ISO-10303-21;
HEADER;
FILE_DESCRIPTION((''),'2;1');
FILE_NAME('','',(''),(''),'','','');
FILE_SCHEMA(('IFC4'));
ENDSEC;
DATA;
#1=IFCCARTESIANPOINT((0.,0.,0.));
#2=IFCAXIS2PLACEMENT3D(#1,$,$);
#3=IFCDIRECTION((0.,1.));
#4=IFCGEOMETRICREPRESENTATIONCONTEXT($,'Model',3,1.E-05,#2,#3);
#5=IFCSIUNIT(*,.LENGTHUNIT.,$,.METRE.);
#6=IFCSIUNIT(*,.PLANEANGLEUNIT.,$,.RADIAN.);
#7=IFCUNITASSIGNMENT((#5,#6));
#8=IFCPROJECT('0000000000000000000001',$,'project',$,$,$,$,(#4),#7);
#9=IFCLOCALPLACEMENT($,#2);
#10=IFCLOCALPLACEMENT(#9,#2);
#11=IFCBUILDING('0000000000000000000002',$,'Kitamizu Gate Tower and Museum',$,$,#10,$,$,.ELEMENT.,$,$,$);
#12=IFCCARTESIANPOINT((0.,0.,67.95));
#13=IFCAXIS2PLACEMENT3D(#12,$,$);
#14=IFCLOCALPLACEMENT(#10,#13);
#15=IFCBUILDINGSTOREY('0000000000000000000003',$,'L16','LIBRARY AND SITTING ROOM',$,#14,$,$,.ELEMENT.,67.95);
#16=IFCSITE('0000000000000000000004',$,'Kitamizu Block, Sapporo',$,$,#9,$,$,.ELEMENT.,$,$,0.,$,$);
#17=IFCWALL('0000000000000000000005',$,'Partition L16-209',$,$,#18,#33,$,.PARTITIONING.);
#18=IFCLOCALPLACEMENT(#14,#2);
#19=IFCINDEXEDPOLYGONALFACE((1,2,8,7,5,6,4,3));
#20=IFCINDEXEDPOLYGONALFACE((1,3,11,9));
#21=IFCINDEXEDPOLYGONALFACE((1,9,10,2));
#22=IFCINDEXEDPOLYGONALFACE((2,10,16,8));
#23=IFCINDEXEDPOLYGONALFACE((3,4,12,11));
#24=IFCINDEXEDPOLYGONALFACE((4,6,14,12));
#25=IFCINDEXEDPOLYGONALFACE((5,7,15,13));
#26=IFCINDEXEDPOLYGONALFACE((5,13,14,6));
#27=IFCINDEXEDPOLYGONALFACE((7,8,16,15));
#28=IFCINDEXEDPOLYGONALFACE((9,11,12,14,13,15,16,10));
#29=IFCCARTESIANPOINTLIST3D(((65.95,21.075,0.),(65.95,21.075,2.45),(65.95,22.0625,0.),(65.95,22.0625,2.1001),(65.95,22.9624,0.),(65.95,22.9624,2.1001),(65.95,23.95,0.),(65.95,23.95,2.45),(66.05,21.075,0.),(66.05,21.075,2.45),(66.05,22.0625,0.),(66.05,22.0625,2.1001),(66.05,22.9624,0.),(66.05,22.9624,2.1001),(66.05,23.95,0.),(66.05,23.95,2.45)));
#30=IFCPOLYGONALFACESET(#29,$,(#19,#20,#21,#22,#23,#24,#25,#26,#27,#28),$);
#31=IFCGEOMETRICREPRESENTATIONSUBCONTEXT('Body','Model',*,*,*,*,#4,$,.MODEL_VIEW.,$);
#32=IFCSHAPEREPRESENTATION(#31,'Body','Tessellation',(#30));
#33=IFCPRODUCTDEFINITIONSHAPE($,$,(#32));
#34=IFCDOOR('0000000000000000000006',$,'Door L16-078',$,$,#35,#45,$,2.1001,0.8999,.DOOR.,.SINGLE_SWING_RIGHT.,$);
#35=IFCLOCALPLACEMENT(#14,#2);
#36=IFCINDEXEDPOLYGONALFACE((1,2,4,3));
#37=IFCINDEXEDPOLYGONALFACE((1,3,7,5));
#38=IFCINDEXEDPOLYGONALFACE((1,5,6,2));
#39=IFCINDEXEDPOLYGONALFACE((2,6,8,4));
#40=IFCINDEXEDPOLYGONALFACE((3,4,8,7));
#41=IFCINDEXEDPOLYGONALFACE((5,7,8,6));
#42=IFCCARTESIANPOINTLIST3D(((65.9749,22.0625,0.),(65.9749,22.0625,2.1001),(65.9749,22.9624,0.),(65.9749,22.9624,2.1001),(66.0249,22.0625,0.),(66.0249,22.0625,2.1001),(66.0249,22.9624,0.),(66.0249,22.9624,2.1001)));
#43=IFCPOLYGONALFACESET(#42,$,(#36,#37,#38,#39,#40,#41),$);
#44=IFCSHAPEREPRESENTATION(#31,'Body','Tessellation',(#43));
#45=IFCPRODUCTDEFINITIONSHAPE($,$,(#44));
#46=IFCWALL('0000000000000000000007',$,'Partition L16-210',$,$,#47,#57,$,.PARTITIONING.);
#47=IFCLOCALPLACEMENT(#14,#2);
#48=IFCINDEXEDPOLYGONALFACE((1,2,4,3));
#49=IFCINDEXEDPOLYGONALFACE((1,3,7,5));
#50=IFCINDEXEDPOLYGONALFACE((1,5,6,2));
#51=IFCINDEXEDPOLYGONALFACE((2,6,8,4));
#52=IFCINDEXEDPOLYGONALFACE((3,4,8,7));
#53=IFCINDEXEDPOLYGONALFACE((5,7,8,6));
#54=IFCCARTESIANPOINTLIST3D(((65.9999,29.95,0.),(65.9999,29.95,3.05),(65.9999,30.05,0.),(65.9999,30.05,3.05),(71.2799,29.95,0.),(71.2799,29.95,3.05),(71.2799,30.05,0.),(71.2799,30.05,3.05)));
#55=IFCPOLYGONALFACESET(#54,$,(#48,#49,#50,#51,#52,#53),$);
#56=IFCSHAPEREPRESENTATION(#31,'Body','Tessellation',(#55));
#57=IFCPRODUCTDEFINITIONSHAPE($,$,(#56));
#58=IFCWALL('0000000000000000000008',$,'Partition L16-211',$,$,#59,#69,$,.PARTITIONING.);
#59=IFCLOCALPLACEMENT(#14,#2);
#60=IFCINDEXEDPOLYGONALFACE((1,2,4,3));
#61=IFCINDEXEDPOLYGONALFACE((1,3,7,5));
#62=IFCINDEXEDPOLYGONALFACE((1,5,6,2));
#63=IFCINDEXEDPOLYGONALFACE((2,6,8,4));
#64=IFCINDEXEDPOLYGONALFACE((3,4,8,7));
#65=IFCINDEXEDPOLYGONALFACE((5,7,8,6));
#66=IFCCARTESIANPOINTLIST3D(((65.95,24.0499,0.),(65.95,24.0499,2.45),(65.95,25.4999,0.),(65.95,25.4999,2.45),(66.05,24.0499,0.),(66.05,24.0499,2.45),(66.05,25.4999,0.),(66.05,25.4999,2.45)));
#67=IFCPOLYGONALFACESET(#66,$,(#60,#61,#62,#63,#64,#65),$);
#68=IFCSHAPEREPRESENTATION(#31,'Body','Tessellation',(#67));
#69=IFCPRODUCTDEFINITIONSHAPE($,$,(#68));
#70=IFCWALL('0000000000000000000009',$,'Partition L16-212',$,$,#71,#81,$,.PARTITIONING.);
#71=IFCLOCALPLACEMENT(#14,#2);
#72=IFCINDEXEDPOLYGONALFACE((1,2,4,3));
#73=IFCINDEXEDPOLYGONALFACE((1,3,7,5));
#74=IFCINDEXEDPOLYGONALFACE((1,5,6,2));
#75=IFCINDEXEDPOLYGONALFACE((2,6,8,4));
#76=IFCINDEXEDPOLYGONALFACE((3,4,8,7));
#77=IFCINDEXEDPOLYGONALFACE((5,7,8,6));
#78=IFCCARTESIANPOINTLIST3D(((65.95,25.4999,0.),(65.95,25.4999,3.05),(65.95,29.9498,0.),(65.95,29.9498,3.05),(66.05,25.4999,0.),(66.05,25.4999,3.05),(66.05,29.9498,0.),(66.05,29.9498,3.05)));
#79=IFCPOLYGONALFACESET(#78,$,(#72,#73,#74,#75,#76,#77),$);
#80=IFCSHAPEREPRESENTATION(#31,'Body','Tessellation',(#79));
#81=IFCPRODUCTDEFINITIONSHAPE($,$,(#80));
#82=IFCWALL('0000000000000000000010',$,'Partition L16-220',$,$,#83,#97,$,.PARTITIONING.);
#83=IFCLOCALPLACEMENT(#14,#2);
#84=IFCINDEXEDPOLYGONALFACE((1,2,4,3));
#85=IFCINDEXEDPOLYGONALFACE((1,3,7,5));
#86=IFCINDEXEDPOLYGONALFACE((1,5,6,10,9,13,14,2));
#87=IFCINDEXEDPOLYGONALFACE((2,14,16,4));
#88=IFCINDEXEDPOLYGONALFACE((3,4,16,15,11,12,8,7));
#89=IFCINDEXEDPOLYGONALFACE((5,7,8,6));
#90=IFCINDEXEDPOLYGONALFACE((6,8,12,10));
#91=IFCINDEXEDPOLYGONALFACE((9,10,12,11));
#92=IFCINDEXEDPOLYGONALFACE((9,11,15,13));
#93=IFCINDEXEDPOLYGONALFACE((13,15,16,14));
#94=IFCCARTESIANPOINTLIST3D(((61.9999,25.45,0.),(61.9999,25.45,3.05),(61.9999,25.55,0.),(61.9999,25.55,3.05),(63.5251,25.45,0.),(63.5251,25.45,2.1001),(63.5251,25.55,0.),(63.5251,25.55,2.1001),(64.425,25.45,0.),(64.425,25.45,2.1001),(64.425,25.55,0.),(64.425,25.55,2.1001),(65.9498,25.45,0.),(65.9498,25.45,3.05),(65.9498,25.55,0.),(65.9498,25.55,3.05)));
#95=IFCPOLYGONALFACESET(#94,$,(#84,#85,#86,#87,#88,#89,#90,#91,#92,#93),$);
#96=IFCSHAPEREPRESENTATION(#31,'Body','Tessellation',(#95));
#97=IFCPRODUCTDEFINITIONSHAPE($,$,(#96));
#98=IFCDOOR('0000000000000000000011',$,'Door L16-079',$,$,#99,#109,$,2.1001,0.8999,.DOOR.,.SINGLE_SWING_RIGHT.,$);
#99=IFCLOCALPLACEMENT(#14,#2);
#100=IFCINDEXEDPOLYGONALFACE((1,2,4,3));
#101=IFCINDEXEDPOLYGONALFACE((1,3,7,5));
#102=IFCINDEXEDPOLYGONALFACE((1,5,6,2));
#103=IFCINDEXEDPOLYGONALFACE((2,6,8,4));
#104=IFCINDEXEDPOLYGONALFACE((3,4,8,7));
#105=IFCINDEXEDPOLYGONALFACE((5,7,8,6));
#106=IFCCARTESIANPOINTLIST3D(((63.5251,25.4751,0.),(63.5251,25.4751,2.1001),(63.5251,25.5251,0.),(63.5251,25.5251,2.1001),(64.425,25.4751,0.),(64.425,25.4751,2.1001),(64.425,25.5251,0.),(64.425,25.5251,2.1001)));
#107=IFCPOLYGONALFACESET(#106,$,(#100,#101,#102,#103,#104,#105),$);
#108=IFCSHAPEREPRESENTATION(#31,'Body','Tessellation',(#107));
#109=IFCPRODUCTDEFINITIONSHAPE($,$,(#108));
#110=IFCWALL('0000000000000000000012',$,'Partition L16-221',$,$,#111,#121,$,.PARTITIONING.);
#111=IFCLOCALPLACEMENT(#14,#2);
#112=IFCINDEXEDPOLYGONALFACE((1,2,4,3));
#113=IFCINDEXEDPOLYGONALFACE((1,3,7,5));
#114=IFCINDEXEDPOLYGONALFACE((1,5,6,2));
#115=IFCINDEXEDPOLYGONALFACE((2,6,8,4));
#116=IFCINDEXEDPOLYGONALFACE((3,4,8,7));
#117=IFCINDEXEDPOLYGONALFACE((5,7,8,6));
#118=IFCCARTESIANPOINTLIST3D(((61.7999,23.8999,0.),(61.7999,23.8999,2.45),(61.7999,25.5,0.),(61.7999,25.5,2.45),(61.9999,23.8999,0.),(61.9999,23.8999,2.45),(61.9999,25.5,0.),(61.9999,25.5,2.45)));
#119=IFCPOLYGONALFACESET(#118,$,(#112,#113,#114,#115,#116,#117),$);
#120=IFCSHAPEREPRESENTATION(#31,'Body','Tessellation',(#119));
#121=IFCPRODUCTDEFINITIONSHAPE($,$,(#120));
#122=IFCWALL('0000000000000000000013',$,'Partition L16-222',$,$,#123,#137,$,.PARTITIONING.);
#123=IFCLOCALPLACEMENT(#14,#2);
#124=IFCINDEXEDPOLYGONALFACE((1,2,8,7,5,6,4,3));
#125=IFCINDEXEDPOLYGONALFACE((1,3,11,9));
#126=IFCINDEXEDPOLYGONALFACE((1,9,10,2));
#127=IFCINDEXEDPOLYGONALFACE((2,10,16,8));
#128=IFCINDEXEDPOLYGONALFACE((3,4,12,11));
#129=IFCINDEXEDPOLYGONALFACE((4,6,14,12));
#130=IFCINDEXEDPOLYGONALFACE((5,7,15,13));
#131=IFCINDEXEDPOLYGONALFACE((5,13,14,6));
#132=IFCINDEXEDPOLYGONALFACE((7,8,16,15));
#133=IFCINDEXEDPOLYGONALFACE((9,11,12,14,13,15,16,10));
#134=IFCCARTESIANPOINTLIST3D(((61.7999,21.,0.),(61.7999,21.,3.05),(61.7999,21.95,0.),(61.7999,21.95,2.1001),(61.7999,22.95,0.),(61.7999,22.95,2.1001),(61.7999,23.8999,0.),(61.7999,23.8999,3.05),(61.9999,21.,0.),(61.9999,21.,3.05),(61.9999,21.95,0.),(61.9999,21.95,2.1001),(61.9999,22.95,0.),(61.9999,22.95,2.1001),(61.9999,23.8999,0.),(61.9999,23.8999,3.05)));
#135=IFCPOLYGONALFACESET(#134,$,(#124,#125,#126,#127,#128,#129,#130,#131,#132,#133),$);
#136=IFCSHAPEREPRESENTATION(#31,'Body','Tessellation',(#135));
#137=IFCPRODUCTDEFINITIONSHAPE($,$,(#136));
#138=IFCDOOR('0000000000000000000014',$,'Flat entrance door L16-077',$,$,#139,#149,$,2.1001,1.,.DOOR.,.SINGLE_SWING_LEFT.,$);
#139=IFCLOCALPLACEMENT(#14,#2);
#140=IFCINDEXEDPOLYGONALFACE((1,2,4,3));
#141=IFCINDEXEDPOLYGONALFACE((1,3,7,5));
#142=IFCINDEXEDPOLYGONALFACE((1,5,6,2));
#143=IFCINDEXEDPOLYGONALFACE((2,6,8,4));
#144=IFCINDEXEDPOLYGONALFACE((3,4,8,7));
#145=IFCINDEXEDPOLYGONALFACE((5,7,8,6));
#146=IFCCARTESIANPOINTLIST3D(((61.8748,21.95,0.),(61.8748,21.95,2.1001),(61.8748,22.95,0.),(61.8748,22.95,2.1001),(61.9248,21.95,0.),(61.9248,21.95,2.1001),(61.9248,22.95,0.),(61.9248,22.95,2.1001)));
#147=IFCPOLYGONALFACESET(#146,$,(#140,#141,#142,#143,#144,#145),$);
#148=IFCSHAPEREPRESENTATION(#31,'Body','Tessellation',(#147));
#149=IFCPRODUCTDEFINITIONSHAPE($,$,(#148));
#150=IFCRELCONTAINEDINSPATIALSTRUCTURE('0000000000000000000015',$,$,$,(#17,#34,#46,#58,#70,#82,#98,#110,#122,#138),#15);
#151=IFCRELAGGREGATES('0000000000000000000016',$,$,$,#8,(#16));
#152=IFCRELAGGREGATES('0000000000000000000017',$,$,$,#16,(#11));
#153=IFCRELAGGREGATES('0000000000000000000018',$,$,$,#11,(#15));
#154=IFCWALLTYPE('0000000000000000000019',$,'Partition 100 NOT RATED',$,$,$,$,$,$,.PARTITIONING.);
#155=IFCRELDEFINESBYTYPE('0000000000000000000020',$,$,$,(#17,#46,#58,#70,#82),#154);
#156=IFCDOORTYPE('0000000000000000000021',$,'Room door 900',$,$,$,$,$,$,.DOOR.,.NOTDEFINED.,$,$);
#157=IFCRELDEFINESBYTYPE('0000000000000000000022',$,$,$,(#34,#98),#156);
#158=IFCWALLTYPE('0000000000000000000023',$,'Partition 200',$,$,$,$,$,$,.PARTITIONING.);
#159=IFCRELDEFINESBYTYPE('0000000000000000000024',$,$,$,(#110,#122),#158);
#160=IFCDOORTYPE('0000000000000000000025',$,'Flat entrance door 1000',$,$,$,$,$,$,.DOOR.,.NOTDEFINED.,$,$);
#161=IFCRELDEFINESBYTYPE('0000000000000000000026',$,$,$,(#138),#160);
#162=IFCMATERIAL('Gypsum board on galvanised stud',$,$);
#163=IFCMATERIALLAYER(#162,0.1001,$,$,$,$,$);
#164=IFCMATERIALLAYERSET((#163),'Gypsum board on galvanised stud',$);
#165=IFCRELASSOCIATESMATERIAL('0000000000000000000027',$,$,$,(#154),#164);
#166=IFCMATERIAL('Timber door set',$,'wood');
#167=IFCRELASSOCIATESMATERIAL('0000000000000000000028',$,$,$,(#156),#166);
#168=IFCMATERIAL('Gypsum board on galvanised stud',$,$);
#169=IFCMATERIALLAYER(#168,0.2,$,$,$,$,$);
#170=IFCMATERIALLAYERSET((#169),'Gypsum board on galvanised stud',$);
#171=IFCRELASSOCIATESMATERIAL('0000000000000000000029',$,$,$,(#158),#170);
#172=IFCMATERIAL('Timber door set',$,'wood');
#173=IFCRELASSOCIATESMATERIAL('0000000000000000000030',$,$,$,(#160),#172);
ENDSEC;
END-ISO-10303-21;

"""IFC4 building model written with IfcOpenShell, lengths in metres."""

from ifc_helpers import new_model, si_unit, direction, frame, frame_2d, origin, place, context, subcontext, project, spatial, rectangle, extrude, material, layer, layer_set, type_object, element, fill, save


model = new_model("IFC4")

# Units and contexts
model_context = context("Model", 3, precision=1e-05, world=origin(), true_north=direction((0.0, 1.0)))
body_context = subcontext(model_context, "Body", "Model", "MODEL_VIEW")
ifc_project = project(units=[si_unit("LENGTHUNIT", "METRE"), si_unit("PLANEANGLEUNIT", "RADIAN")], contexts=[model_context])

# Site, building, storey
site_placement = place(None, origin())
site = spatial("IfcSite", under=ifc_project, at=site_placement, Name="Kitamizu Block, Sapporo", CompositionType="ELEMENT", RefElevation=0.0)
building_placement = place(site_placement, origin())
building = spatial("IfcBuilding", under=site, at=building_placement, Name="Kitamizu Gate Tower and Museum", CompositionType="ELEMENT")
storey_placement = place(building_placement, frame((0.0, 0.0, 67.95)))
storey = spatial("IfcBuildingStorey", under=building, at=storey_placement, Name="L16", Description="LIBRARY AND SITTING ROOM", CompositionType="ELEMENT", Elevation=67.95)

# Wall, opening, door
ifc_material_1 = material(Name="Gypsum board on galvanised stud")
ifc_layer_1 = layer(ifc_material_1, 0.1001)
ifc_layer_set_1 = layer_set([ifc_layer_1], Name="Gypsum board on galvanised stud")
wall_type_1 = type_object("IfcWallType", Name="Partition 100 NOT RATED", PredefinedType="PARTITIONING", material=ifc_layer_set_1)
ifc_material_2 = material(Name="Timber door set", Category="wood")
door_type_1 = type_object("IfcDoorType", Name="Room door 900", OperationType="NOTDEFINED", PredefinedType="DOOR", material=ifc_material_2)
wall_1_placement = place(storey_placement, frame((66.0, 23.95, 0.0), z_axis=(0.0, 0.0, 1.0), x_axis=(0.0, -1.0, 0.0)))
wall_1 = element("IfcWall", 1, at=wall_1_placement, inside=storey, type_object=wall_type_1, Name="Partition L16-209", PredefinedType="PARTITIONING", context=body_context, shape_type="SweptSolid", body=[
    extrude(rectangle(XDim=2.875, YDim=0.1001, at=frame_2d((1.4375, 0.0))), origin(), (0.0, 0.0, 1.0), 2.45),
])
opening_1_placement = place(wall_1_placement, frame((0.9875, 0.0, 0.0)))
opening_1 = element("IfcOpeningElement", 2, at=opening_1_placement, cuts=wall_1, PredefinedType="OPENING", context=body_context, shape_type="SweptSolid", body=[
    extrude(rectangle(XDim=0.8999, YDim=2.1001, at=frame_2d((0.45, 1.05))), frame((0.0, 0.0601, 0.0), z_axis=(0.0, -1.0, 0.0), x_axis=(1.0, 0.0, 0.0)), (0.0, 0.0, 1.0), 0.1201),
])
door_1_placement = place(opening_1_placement, origin())
door_1 = element("IfcDoor", 3, at=door_1_placement, inside=storey, type_object=door_type_1, Name="Door L16-078", OperationType="SINGLE_SWING_RIGHT", OverallHeight=2.1001, OverallWidth=0.8999, PredefinedType="DOOR", context=body_context, shape_type="SweptSolid", body=[
    extrude(rectangle(XDim=0.8999, YDim=2.1001, at=frame_2d((0.45, 1.05))), frame((0.0, 0.0249, 0.0), z_axis=(0.0, -1.0, 0.0), x_axis=(1.0, 0.0, 0.0)), (0.0, 0.0, 1.0), 0.05),
])
fill(opening_1, door_1)

# Walls
wall_2_placement = place(storey_placement, frame((71.28, 30.0, 0.0), z_axis=(0.0, 0.0, 1.0), x_axis=(-1.0, 0.0, 0.0)))
element("IfcWall", 4, at=wall_2_placement, inside=storey, type_object=wall_type_1, Name="Partition L16-210", PredefinedType="PARTITIONING", context=body_context, shape_type="SweptSolid", body=[
    extrude(rectangle(XDim=5.28, YDim=0.1001, at=frame_2d((2.6401, 0.0))), origin(), (0.0, 0.0, 1.0), 3.05),
])
wall_3_placement = place(storey_placement, frame((66.0, 25.5, 0.0), z_axis=(0.0, 0.0, 1.0), x_axis=(0.0, -1.0, 0.0)))
element("IfcWall", 5, at=wall_3_placement, inside=storey, type_object=wall_type_1, Name="Partition L16-211", PredefinedType="PARTITIONING", context=body_context, shape_type="SweptSolid", body=[
    extrude(rectangle(XDim=1.45, YDim=0.1001, at=frame_2d((0.7251, 0.0))), origin(), (0.0, 0.0, 1.0), 2.45),
])
wall_4_placement = place(storey_placement, frame((66.0, 29.95, 0.0), z_axis=(0.0, 0.0, 1.0), x_axis=(0.0, -1.0, 0.0)))
element("IfcWall", 6, at=wall_4_placement, inside=storey, type_object=wall_type_1, Name="Partition L16-212", PredefinedType="PARTITIONING", context=body_context, shape_type="SweptSolid", body=[
    extrude(rectangle(XDim=4.45, YDim=0.1001, at=frame_2d((2.2251, 0.0))), origin(), (0.0, 0.0, 1.0), 3.05),
])

# Wall, opening, door
wall_5_placement = place(storey_placement, frame((65.95, 25.5, 0.0), z_axis=(0.0, 0.0, 1.0), x_axis=(-1.0, 0.0, 0.0)))
wall_5 = element("IfcWall", 7, at=wall_5_placement, inside=storey, type_object=wall_type_1, Name="Partition L16-220", PredefinedType="PARTITIONING", context=body_context, shape_type="SweptSolid", body=[
    extrude(rectangle(XDim=3.95, YDim=0.1001, at=frame_2d((1.9751, 0.0))), origin(), (0.0, 0.0, 1.0), 3.05),
])
opening_2_placement = place(wall_5_placement, frame((1.5249, 0.0, 0.0)))
opening_2 = element("IfcOpeningElement", 8, at=opening_2_placement, cuts=wall_5, PredefinedType="OPENING", context=body_context, shape_type="SweptSolid", body=[
    extrude(rectangle(XDim=0.8999, YDim=2.1001, at=frame_2d((0.45, 1.05))), frame((0.0, 0.0601, 0.0), z_axis=(0.0, -1.0, 0.0), x_axis=(1.0, 0.0, 0.0)), (0.0, 0.0, 1.0), 0.1201),
])
door_2_placement = place(opening_2_placement, origin())
door_2 = element("IfcDoor", 9, at=door_2_placement, inside=storey, type_object=door_type_1, Name="Door L16-079", OperationType="SINGLE_SWING_RIGHT", OverallHeight=2.1001, OverallWidth=0.8999, PredefinedType="DOOR", context=body_context, shape_type="SweptSolid", body=[
    extrude(rectangle(XDim=0.8999, YDim=2.1001, at=frame_2d((0.45, 1.05))), frame((0.0, 0.0249, 0.0), z_axis=(0.0, -1.0, 0.0), x_axis=(1.0, 0.0, 0.0)), (0.0, 0.0, 1.0), 0.05),
])
fill(opening_2, door_2)

# Wall
ifc_material_3 = material(Name="Gypsum board on galvanised stud")
ifc_layer_2 = layer(ifc_material_3, 0.2)
ifc_layer_set_2 = layer_set([ifc_layer_2], Name="Gypsum board on galvanised stud")
wall_type_2 = type_object("IfcWallType", Name="Partition 200", PredefinedType="PARTITIONING", material=ifc_layer_set_2)
wall_6_placement = place(storey_placement, frame((61.8999, 25.5, 0.0), z_axis=(0.0, 0.0, 1.0), x_axis=(0.0, -1.0, 0.0)))
element("IfcWall", 10, at=wall_6_placement, inside=storey, type_object=wall_type_2, Name="Partition L16-221", PredefinedType="PARTITIONING", context=body_context, shape_type="SweptSolid", body=[
    extrude(rectangle(XDim=1.6001, YDim=0.2, at=frame_2d((0.8, 0.0))), origin(), (0.0, 0.0, 1.0), 2.45),
])

# Wall, opening, door
wall_7_placement = place(storey_placement, frame((61.8999, 23.8999, 0.0), z_axis=(0.0, 0.0, 1.0), x_axis=(0.0, -1.0, 0.0)))
wall_7 = element("IfcWall", 11, at=wall_7_placement, inside=storey, type_object=wall_type_2, Name="Partition L16-222", PredefinedType="PARTITIONING", context=body_context, shape_type="SweptSolid", body=[
    extrude(rectangle(XDim=2.8999, YDim=0.2, at=frame_2d((1.45, 0.0))), origin(), (0.0, 0.0, 1.0), 3.05),
])
opening_3_placement = place(wall_7_placement, frame((0.95, 0.0, 0.0)))
opening_3 = element("IfcOpeningElement", 12, at=opening_3_placement, cuts=wall_7, PredefinedType="OPENING", context=body_context, shape_type="SweptSolid", body=[
    extrude(rectangle(XDim=1.0, YDim=2.1001, at=frame_2d((0.5, 1.05))), frame((0.0, 0.1099, 0.0), z_axis=(0.0, -1.0, 0.0), x_axis=(1.0, 0.0, 0.0)), (0.0, 0.0, 1.0), 0.22),
])
ifc_material_4 = material(Name="Timber door set", Category="wood")
door_type_2 = type_object("IfcDoorType", Name="Flat entrance door 1000", OperationType="NOTDEFINED", PredefinedType="DOOR", material=ifc_material_4)
door_3_placement = place(opening_3_placement, origin())
door_3 = element("IfcDoor", 13, at=door_3_placement, inside=storey, type_object=door_type_2, Name="Flat entrance door L16-077", OperationType="SINGLE_SWING_LEFT", OverallHeight=2.1001, OverallWidth=1.0, PredefinedType="DOOR", context=body_context, shape_type="SweptSolid", body=[
    extrude(rectangle(XDim=1.0, YDim=2.1001, at=frame_2d((0.5, 1.05))), frame((0.0, 0.0249, 0.0), z_axis=(0.0, -1.0, 0.0), x_axis=(1.0, 0.0, 0.0)), (0.0, 0.0, 1.0), 0.05),
])
fill(opening_3, door_3)

save(model, "model.ifc")
